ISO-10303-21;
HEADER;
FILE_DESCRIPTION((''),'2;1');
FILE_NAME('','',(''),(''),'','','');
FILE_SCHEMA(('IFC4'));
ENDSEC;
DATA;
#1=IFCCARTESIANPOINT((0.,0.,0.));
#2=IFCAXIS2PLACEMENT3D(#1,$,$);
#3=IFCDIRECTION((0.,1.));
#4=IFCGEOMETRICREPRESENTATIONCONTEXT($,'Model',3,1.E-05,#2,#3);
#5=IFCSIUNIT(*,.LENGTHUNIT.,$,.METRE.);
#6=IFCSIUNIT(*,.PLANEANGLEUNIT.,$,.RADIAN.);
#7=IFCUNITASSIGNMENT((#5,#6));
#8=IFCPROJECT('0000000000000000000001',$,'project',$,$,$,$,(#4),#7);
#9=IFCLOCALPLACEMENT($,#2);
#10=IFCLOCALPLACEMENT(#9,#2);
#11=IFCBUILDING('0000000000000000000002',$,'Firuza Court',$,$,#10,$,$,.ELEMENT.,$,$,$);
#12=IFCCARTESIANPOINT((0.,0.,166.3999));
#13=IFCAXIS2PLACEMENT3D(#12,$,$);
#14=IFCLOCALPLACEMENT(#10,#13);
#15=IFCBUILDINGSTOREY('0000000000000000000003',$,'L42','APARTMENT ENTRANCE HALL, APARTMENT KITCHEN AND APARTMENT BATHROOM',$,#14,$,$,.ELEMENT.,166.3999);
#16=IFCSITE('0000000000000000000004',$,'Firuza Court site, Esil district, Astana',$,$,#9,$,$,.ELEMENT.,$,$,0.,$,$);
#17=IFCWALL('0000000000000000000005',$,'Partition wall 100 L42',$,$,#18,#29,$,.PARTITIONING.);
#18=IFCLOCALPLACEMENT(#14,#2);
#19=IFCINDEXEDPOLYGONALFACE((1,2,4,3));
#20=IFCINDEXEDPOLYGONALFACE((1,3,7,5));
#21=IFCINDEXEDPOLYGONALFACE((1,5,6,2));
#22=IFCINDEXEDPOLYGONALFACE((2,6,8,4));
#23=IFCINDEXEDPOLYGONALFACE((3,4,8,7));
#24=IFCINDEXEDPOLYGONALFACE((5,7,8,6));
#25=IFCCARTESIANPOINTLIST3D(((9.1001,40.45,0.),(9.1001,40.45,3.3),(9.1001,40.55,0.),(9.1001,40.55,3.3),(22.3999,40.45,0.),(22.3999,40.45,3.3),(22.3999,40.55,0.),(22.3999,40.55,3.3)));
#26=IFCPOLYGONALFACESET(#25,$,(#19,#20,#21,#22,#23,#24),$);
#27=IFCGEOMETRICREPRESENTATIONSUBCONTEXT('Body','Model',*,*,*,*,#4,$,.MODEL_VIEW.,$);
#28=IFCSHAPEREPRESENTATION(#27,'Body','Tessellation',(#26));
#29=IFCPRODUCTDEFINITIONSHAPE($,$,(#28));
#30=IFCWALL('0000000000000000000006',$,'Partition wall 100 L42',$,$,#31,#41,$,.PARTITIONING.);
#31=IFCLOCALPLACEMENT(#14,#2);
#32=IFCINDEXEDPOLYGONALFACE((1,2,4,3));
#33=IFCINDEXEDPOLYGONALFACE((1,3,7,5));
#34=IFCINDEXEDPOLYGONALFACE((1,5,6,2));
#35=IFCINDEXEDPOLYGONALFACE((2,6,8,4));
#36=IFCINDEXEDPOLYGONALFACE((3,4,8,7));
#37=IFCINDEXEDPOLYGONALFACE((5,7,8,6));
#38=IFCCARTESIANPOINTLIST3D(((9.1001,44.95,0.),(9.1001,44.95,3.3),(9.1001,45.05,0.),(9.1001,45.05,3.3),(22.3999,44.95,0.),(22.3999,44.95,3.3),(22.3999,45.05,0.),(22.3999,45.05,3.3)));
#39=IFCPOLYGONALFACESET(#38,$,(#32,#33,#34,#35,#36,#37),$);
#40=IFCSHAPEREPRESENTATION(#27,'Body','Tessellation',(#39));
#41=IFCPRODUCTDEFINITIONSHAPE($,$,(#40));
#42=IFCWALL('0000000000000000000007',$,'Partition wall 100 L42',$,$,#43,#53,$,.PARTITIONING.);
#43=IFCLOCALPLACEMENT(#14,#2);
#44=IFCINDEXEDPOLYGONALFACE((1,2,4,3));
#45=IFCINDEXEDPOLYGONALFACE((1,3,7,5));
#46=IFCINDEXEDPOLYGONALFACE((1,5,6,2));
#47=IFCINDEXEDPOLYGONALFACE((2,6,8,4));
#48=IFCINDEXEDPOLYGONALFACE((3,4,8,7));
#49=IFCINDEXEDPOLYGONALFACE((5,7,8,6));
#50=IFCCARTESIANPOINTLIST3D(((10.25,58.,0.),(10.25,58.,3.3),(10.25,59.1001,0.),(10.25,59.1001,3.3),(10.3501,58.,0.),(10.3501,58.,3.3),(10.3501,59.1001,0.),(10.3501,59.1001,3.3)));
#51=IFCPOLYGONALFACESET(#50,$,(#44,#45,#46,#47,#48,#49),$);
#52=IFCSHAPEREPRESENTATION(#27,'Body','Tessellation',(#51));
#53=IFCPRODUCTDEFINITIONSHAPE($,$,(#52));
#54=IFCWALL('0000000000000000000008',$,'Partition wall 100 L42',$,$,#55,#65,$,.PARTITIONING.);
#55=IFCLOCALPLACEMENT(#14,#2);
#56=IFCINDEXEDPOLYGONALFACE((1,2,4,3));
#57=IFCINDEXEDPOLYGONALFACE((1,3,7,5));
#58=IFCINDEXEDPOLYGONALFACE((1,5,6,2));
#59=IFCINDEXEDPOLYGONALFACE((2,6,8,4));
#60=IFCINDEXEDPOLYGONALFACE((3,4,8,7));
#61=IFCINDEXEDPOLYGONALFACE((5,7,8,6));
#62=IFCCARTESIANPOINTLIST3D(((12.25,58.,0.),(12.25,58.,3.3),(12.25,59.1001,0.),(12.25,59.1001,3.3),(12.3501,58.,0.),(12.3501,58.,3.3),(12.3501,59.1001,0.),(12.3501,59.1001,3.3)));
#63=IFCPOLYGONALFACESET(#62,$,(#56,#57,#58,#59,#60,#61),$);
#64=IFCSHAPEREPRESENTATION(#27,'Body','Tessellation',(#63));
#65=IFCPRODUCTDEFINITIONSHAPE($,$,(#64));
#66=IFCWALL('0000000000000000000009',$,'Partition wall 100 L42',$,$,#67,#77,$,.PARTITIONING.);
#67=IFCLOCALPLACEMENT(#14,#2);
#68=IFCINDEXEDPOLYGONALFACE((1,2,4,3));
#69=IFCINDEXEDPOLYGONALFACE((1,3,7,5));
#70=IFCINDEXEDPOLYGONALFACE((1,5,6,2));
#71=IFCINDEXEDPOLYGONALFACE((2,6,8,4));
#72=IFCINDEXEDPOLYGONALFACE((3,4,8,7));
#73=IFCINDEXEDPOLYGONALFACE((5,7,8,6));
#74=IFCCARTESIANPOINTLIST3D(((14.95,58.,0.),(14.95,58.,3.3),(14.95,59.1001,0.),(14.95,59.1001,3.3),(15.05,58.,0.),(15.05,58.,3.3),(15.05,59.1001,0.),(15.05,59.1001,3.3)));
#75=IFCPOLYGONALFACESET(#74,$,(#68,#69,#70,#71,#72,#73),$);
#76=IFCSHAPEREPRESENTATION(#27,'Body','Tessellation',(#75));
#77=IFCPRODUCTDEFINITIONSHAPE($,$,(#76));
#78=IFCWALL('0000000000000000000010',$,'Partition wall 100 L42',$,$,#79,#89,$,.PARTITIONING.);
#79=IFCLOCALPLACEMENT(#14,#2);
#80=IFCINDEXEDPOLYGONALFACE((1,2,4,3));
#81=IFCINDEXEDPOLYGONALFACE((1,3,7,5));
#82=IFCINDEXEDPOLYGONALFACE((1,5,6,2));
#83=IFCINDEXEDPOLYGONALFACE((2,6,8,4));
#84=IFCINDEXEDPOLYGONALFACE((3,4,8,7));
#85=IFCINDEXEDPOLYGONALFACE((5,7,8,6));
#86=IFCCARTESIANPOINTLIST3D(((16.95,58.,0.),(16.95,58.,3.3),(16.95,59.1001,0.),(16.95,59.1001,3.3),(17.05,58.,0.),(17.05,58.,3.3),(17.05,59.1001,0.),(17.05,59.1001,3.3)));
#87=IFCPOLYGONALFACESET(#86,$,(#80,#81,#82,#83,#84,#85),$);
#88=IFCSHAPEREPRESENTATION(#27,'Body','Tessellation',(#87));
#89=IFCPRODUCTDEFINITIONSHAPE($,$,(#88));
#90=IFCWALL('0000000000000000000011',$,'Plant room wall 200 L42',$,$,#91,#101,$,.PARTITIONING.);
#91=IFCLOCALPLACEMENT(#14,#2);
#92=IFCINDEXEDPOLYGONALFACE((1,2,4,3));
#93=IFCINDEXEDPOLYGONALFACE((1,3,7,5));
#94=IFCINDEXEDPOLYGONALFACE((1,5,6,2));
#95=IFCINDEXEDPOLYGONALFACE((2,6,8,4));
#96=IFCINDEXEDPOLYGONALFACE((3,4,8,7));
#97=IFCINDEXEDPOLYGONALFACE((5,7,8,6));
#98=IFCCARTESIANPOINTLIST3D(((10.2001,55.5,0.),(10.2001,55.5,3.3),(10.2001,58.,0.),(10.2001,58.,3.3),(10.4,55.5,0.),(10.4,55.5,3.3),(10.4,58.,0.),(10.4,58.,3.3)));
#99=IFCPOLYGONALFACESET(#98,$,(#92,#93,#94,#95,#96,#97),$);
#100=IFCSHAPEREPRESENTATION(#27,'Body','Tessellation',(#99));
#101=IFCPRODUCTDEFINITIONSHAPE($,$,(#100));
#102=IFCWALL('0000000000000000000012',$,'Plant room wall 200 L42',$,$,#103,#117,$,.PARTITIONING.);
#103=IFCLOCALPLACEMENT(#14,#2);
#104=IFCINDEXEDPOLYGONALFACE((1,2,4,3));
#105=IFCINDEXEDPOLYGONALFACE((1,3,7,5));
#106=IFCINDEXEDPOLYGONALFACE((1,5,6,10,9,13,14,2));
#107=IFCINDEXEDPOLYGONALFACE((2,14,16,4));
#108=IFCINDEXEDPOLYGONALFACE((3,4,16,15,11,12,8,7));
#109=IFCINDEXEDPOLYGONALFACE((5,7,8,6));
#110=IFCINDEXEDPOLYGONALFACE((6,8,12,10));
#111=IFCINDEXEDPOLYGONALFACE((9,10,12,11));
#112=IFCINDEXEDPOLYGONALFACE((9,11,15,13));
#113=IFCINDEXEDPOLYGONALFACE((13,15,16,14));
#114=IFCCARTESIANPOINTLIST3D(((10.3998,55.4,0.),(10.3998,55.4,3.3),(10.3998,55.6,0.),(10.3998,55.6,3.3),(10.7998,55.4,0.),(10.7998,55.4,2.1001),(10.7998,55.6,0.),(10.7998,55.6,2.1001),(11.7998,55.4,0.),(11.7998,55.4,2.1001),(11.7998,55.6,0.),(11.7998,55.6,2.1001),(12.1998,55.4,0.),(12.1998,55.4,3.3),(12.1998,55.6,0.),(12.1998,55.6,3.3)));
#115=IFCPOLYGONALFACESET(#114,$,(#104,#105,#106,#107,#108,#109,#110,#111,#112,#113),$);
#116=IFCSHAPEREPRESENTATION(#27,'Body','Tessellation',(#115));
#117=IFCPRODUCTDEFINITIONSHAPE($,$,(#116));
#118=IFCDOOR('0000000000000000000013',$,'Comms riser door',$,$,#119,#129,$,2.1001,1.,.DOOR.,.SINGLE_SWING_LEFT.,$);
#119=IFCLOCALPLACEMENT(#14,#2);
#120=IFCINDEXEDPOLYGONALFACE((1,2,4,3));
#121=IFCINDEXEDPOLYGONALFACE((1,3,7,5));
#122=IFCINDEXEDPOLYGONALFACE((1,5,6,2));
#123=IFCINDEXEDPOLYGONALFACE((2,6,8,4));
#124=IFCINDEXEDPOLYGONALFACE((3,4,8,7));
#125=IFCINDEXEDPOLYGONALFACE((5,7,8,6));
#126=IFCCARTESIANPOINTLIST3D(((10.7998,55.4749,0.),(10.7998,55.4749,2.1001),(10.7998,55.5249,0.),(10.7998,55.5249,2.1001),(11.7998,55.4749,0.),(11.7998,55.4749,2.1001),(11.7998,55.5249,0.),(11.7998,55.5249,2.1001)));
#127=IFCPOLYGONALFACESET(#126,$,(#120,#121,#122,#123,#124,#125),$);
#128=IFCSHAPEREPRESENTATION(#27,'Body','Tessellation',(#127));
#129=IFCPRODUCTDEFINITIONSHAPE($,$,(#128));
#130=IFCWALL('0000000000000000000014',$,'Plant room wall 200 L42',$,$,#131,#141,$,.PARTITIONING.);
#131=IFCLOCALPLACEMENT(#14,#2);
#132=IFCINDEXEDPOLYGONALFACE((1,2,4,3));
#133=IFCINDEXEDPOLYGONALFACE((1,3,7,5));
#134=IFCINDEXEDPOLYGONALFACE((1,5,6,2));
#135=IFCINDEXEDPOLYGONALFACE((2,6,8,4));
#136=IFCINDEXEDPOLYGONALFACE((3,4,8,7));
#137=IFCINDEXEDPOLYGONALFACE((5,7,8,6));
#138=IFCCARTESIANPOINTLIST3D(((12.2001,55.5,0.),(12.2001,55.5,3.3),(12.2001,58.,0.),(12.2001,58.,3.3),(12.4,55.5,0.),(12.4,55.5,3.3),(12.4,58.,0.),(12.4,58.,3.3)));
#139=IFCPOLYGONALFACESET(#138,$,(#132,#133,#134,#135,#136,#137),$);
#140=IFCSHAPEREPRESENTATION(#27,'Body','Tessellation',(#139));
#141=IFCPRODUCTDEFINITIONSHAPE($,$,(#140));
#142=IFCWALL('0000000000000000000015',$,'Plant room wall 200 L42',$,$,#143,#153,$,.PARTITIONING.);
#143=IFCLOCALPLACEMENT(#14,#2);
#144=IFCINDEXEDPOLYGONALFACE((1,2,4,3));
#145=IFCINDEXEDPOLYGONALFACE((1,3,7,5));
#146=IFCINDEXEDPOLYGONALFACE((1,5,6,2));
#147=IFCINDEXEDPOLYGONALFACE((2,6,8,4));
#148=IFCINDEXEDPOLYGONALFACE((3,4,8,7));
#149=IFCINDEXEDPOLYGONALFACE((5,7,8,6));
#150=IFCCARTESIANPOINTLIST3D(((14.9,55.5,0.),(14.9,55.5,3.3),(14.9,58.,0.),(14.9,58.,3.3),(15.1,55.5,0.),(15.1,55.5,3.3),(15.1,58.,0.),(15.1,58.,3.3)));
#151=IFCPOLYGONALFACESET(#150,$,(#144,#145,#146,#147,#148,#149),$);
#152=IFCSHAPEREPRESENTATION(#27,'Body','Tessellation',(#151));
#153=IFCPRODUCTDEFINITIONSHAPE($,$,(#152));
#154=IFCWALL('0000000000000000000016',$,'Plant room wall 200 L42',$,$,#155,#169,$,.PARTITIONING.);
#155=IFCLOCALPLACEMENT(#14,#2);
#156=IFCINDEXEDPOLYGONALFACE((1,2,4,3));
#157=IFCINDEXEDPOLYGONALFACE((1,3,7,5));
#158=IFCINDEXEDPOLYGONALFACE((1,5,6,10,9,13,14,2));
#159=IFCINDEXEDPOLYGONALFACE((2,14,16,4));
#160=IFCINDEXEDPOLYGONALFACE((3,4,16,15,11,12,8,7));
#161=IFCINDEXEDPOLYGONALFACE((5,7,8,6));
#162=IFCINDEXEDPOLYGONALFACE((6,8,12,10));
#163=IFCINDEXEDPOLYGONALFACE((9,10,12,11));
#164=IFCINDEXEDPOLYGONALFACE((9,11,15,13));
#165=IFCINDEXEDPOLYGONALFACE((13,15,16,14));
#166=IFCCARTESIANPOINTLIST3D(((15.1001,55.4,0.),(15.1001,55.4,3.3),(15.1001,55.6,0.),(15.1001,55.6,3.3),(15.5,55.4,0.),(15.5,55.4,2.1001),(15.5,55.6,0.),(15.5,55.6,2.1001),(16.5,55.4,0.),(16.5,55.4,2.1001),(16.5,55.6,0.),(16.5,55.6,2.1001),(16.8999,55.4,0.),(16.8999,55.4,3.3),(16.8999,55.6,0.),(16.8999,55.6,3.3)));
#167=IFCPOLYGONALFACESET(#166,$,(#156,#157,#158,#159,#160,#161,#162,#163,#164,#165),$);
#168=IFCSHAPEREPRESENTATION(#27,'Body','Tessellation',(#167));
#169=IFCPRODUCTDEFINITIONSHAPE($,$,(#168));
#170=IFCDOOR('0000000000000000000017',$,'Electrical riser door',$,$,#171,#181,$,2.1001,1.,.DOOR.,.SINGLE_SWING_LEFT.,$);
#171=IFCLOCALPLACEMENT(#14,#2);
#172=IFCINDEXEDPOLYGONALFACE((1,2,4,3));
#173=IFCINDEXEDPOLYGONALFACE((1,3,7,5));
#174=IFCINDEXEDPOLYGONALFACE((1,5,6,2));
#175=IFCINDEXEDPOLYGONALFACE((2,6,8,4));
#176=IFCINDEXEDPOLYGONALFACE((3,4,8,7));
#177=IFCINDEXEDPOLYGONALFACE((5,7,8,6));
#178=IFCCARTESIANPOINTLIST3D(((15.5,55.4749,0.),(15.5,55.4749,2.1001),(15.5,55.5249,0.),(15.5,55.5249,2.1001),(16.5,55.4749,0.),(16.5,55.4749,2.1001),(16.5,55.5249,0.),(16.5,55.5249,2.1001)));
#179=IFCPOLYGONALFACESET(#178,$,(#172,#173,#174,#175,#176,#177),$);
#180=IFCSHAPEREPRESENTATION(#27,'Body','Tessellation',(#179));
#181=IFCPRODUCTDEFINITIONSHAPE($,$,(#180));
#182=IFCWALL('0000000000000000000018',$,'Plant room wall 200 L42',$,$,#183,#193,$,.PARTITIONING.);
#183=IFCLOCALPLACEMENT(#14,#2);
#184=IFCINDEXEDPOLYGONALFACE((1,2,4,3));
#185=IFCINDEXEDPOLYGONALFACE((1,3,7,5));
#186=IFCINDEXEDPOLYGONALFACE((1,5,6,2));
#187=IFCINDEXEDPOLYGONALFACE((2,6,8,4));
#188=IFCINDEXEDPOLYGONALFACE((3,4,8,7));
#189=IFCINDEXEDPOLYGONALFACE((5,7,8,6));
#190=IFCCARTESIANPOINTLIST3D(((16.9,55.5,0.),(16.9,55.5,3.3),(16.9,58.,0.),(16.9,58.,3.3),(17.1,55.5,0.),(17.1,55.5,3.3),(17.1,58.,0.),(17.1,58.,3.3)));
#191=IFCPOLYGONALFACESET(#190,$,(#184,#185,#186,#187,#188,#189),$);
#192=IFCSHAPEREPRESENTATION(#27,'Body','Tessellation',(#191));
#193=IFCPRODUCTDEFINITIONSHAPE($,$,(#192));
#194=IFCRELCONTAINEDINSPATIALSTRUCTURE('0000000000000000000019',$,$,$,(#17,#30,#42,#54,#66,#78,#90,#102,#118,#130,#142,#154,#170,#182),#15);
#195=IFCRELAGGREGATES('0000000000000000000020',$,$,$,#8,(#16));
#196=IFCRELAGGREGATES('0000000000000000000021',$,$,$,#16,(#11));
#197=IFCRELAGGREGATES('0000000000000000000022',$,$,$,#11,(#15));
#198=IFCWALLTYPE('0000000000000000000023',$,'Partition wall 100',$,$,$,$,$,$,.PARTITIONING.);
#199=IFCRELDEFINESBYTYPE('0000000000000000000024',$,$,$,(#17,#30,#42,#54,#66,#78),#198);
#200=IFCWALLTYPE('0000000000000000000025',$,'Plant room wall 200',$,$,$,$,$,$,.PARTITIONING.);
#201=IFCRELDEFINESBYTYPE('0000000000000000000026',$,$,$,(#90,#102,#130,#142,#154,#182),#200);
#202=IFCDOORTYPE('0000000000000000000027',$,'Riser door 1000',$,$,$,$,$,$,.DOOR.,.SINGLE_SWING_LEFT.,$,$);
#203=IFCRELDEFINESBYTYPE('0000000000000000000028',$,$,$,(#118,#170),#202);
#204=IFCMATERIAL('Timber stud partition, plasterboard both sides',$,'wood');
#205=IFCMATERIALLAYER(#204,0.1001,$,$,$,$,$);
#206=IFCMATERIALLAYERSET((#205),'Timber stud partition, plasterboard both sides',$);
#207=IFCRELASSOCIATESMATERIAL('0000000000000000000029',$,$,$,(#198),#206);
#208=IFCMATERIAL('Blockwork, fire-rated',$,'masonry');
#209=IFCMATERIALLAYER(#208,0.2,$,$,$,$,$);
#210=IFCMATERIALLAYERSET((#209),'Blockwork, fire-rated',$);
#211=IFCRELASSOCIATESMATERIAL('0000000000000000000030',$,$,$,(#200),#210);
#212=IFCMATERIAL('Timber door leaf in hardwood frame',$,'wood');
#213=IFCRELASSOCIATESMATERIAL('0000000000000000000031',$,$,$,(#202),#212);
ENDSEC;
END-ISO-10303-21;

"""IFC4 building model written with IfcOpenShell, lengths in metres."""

from ifc_helpers import new_model, si_unit, direction, frame, frame_2d, origin, place, context, subcontext, project, spatial, rectangle, extrude, material, layer, layer_set, type_object, element, fill, save


model = new_model("IFC4")

# Units and contexts
model_context = context("Model", 3, precision=1e-05, world=origin(), true_north=direction((0.0, 1.0)))
body_context = subcontext(model_context, "Body", "Model", "MODEL_VIEW")
ifc_project = project(units=[si_unit("LENGTHUNIT", "METRE"), si_unit("PLANEANGLEUNIT", "RADIAN")], contexts=[model_context])

# Site, building, storey
site_placement = place(None, origin())
site = spatial("IfcSite", under=ifc_project, at=site_placement, Name="Firuza Court site, Esil district, Astana", CompositionType="ELEMENT", RefElevation=0.0)
building_placement = place(site_placement, origin())
building = spatial("IfcBuilding", under=site, at=building_placement, Name="Firuza Court", CompositionType="ELEMENT")
storey_placement = place(building_placement, frame((0.0, 0.0, 166.3999)))
storey = spatial("IfcBuildingStorey", under=building, at=storey_placement, Name="L42", Description="APARTMENT ENTRANCE HALL, APARTMENT KITCHEN AND APARTMENT BATHROOM", CompositionType="ELEMENT", Elevation=166.3999)

# Walls
ifc_material_1 = material(Name="Timber stud partition, plasterboard both sides", Category="wood")
ifc_layer_1 = layer(ifc_material_1, 0.1001)
ifc_layer_set_1 = layer_set([ifc_layer_1], Name="Timber stud partition, plasterboard both sides")
wall_type_1 = type_object("IfcWallType", Name="Partition wall 100", PredefinedType="PARTITIONING", material=ifc_layer_set_1)
for number, where, z_axis, x_axis, name in (
    (1, (9.1001, 40.5, 0.0), (0.0, 0.0, 1.0), (1.0, 0.0, 0.0), "Partition wall 100 L42"),
    (2, (9.1001, 45.0, 0.0), (0.0, 0.0, 1.0), (1.0, 0.0, 0.0), "Partition wall 100 L42"),
):
    element("IfcWall", number, at=place(storey_placement, frame(where, z_axis=z_axis, x_axis=x_axis)), inside=storey, type_object=wall_type_1, Name=name, PredefinedType="PARTITIONING", context=body_context, shape_type="SweptSolid", body=[
        extrude(rectangle(XDim=13.2998, YDim=0.1001, at=frame_2d((6.6499, 0.0))), origin(), (0.0, 0.0, 1.0), 3.3),
    ])
for number, where, z_axis, x_axis, name in (
    (3, (10.3, 58.0, 0.0), (0.0, 0.0, 1.0), (0.0, 1.0, 0.0), "Partition wall 100 L42"),
    (4, (12.3, 58.0, 0.0), (0.0, 0.0, 1.0), (0.0, 1.0, 0.0), "Partition wall 100 L42"),
    (5, (15.0, 58.0, 0.0), (0.0, 0.0, 1.0), (0.0, 1.0, 0.0), "Partition wall 100 L42"),
    (6, (17.0, 58.0, 0.0), (0.0, 0.0, 1.0), (0.0, 1.0, 0.0), "Partition wall 100 L42"),
):
    element("IfcWall", number, at=place(storey_placement, frame(where, z_axis=z_axis, x_axis=x_axis)), inside=storey, type_object=wall_type_1, Name=name, PredefinedType="PARTITIONING", context=body_context, shape_type="SweptSolid", body=[
        extrude(rectangle(XDim=1.1001, YDim=0.1001, at=frame_2d((0.55, 0.0))), origin(), (0.0, 0.0, 1.0), 3.3),
    ])
ifc_material_2 = material(Name="Blockwork, fire-rated", Category="masonry")
ifc_layer_2 = layer(ifc_material_2, 0.2)
ifc_layer_set_2 = layer_set([ifc_layer_2], Name="Blockwork, fire-rated")
wall_type_2 = type_object("IfcWallType", Name="Plant room wall 200", PredefinedType="PARTITIONING", material=ifc_layer_set_2)
wall_1_placement = place(storey_placement, frame((10.3, 55.5, 0.0), z_axis=(0.0, 0.0, 1.0), x_axis=(0.0, 1.0, 0.0)))
element("IfcWall", 7, at=wall_1_placement, inside=storey, type_object=wall_type_2, Name="Plant room wall 200 L42", PredefinedType="PARTITIONING", context=body_context, shape_type="SweptSolid", body=[
    extrude(rectangle(XDim=2.5, YDim=0.2, at=frame_2d((1.25, 0.0))), origin(), (0.0, 0.0, 1.0), 3.3),
])

# Wall, opening, door
wall_2_placement = place(storey_placement, frame((10.3999, 55.5, 0.0), z_axis=(0.0, 0.0, 1.0), x_axis=(1.0, 0.0, 0.0)))
wall_2 = element("IfcWall", 8, at=wall_2_placement, inside=storey, type_object=wall_type_2, Name="Plant room wall 200 L42", PredefinedType="PARTITIONING", context=body_context, shape_type="SweptSolid", body=[
    extrude(rectangle(XDim=1.8, YDim=0.2, at=frame_2d((0.8999, 0.0))), origin(), (0.0, 0.0, 1.0), 3.3),
])
opening_1_placement = place(wall_2_placement, frame((0.3999, 0.0, 0.0)))
opening_1 = element("IfcOpeningElement", 9, at=opening_1_placement, cuts=wall_2, PredefinedType="OPENING", context=body_context, shape_type="SweptSolid", body=[
    extrude(rectangle(XDim=1.0, YDim=2.1001, at=frame_2d((0.5, 1.05))), frame((0.0, 0.1118, 0.0), z_axis=(0.0, -1.0, 0.0), x_axis=(1.0, 0.0, 0.0)), (0.0, 0.0, 1.0), 0.2239),
])
ifc_material_3 = material(Name="Timber door leaf in hardwood frame", Category="wood")
door_type_1 = type_object("IfcDoorType", Name="Riser door 1000", OperationType="SINGLE_SWING_LEFT", PredefinedType="DOOR", material=ifc_material_3)
door_1_placement = place(opening_1_placement, origin())
door_1 = element("IfcDoor", 10, at=door_1_placement, inside=storey, type_object=door_type_1, Name="Comms riser door", OperationType="SINGLE_SWING_LEFT", OverallHeight=2.1001, OverallWidth=1.0, PredefinedType="DOOR", context=body_context, shape_type="SweptSolid", body=[
    extrude(rectangle(XDim=1.0, YDim=2.1001, at=frame_2d((0.5, 1.05))), frame((0.0, 0.0249, 0.0), z_axis=(0.0, -1.0, 0.0), x_axis=(1.0, 0.0, 0.0)), (0.0, 0.0, 1.0), 0.05),
])
fill(opening_1, door_1)

# Walls
for number, where, z_axis, x_axis, name in (
    (11, (12.3, 55.5, 0.0), (0.0, 0.0, 1.0), (0.0, 1.0, 0.0), "Plant room wall 200 L42"),
    (12, (15.0, 55.5, 0.0), (0.0, 0.0, 1.0), (0.0, 1.0, 0.0), "Plant room wall 200 L42"),
):
    element("IfcWall", number, at=place(storey_placement, frame(where, z_axis=z_axis, x_axis=x_axis)), inside=storey, type_object=wall_type_2, Name=name, PredefinedType="PARTITIONING", context=body_context, shape_type="SweptSolid", body=[
        extrude(rectangle(XDim=2.5, YDim=0.2, at=frame_2d((1.25, 0.0))), origin(), (0.0, 0.0, 1.0), 3.3),
    ])

# Wall, opening, door
wall_3_placement = place(storey_placement, frame((15.1001, 55.5, 0.0), z_axis=(0.0, 0.0, 1.0), x_axis=(1.0, 0.0, 0.0)))
wall_3 = element("IfcWall", 13, at=wall_3_placement, inside=storey, type_object=wall_type_2, Name="Plant room wall 200 L42", PredefinedType="PARTITIONING", context=body_context, shape_type="SweptSolid", body=[
    extrude(rectangle(XDim=1.7998, YDim=0.2, at=frame_2d((0.8999, 0.0))), origin(), (0.0, 0.0, 1.0), 3.3),
])
opening_2_placement = place(wall_3_placement, frame((0.3999, 0.0, 0.0)))
opening_2 = element("IfcOpeningElement", 14, at=opening_2_placement, cuts=wall_3, PredefinedType="OPENING", context=body_context, shape_type="SweptSolid", body=[
    extrude(rectangle(XDim=1.0, YDim=2.1001, at=frame_2d((0.5, 1.05))), frame((0.0, 0.1118, 0.0), z_axis=(0.0, -1.0, 0.0), x_axis=(1.0, 0.0, 0.0)), (0.0, 0.0, 1.0), 0.2239),
])
door_2_placement = place(opening_2_placement, origin())
door_2 = element("IfcDoor", 15, at=door_2_placement, inside=storey, type_object=door_type_1, Name="Electrical riser door", OperationType="SINGLE_SWING_LEFT", OverallHeight=2.1001, OverallWidth=1.0, PredefinedType="DOOR", context=body_context, shape_type="SweptSolid", body=[
    extrude(rectangle(XDim=1.0, YDim=2.1001, at=frame_2d((0.5, 1.05))), frame((0.0, 0.0249, 0.0), z_axis=(0.0, -1.0, 0.0), x_axis=(1.0, 0.0, 0.0)), (0.0, 0.0, 1.0), 0.05),
])
fill(opening_2, door_2)

# Wall
wall_4_placement = place(storey_placement, frame((17.0, 55.5, 0.0), z_axis=(0.0, 0.0, 1.0), x_axis=(0.0, 1.0, 0.0)))
element("IfcWall", 16, at=wall_4_placement, inside=storey, type_object=wall_type_2, Name="Plant room wall 200 L42", PredefinedType="PARTITIONING", context=body_context, shape_type="SweptSolid", body=[
    extrude(rectangle(XDim=2.5, YDim=0.2, at=frame_2d((1.25, 0.0))), origin(), (0.0, 0.0, 1.0), 3.3),
])

save(model, "model.ifc")
